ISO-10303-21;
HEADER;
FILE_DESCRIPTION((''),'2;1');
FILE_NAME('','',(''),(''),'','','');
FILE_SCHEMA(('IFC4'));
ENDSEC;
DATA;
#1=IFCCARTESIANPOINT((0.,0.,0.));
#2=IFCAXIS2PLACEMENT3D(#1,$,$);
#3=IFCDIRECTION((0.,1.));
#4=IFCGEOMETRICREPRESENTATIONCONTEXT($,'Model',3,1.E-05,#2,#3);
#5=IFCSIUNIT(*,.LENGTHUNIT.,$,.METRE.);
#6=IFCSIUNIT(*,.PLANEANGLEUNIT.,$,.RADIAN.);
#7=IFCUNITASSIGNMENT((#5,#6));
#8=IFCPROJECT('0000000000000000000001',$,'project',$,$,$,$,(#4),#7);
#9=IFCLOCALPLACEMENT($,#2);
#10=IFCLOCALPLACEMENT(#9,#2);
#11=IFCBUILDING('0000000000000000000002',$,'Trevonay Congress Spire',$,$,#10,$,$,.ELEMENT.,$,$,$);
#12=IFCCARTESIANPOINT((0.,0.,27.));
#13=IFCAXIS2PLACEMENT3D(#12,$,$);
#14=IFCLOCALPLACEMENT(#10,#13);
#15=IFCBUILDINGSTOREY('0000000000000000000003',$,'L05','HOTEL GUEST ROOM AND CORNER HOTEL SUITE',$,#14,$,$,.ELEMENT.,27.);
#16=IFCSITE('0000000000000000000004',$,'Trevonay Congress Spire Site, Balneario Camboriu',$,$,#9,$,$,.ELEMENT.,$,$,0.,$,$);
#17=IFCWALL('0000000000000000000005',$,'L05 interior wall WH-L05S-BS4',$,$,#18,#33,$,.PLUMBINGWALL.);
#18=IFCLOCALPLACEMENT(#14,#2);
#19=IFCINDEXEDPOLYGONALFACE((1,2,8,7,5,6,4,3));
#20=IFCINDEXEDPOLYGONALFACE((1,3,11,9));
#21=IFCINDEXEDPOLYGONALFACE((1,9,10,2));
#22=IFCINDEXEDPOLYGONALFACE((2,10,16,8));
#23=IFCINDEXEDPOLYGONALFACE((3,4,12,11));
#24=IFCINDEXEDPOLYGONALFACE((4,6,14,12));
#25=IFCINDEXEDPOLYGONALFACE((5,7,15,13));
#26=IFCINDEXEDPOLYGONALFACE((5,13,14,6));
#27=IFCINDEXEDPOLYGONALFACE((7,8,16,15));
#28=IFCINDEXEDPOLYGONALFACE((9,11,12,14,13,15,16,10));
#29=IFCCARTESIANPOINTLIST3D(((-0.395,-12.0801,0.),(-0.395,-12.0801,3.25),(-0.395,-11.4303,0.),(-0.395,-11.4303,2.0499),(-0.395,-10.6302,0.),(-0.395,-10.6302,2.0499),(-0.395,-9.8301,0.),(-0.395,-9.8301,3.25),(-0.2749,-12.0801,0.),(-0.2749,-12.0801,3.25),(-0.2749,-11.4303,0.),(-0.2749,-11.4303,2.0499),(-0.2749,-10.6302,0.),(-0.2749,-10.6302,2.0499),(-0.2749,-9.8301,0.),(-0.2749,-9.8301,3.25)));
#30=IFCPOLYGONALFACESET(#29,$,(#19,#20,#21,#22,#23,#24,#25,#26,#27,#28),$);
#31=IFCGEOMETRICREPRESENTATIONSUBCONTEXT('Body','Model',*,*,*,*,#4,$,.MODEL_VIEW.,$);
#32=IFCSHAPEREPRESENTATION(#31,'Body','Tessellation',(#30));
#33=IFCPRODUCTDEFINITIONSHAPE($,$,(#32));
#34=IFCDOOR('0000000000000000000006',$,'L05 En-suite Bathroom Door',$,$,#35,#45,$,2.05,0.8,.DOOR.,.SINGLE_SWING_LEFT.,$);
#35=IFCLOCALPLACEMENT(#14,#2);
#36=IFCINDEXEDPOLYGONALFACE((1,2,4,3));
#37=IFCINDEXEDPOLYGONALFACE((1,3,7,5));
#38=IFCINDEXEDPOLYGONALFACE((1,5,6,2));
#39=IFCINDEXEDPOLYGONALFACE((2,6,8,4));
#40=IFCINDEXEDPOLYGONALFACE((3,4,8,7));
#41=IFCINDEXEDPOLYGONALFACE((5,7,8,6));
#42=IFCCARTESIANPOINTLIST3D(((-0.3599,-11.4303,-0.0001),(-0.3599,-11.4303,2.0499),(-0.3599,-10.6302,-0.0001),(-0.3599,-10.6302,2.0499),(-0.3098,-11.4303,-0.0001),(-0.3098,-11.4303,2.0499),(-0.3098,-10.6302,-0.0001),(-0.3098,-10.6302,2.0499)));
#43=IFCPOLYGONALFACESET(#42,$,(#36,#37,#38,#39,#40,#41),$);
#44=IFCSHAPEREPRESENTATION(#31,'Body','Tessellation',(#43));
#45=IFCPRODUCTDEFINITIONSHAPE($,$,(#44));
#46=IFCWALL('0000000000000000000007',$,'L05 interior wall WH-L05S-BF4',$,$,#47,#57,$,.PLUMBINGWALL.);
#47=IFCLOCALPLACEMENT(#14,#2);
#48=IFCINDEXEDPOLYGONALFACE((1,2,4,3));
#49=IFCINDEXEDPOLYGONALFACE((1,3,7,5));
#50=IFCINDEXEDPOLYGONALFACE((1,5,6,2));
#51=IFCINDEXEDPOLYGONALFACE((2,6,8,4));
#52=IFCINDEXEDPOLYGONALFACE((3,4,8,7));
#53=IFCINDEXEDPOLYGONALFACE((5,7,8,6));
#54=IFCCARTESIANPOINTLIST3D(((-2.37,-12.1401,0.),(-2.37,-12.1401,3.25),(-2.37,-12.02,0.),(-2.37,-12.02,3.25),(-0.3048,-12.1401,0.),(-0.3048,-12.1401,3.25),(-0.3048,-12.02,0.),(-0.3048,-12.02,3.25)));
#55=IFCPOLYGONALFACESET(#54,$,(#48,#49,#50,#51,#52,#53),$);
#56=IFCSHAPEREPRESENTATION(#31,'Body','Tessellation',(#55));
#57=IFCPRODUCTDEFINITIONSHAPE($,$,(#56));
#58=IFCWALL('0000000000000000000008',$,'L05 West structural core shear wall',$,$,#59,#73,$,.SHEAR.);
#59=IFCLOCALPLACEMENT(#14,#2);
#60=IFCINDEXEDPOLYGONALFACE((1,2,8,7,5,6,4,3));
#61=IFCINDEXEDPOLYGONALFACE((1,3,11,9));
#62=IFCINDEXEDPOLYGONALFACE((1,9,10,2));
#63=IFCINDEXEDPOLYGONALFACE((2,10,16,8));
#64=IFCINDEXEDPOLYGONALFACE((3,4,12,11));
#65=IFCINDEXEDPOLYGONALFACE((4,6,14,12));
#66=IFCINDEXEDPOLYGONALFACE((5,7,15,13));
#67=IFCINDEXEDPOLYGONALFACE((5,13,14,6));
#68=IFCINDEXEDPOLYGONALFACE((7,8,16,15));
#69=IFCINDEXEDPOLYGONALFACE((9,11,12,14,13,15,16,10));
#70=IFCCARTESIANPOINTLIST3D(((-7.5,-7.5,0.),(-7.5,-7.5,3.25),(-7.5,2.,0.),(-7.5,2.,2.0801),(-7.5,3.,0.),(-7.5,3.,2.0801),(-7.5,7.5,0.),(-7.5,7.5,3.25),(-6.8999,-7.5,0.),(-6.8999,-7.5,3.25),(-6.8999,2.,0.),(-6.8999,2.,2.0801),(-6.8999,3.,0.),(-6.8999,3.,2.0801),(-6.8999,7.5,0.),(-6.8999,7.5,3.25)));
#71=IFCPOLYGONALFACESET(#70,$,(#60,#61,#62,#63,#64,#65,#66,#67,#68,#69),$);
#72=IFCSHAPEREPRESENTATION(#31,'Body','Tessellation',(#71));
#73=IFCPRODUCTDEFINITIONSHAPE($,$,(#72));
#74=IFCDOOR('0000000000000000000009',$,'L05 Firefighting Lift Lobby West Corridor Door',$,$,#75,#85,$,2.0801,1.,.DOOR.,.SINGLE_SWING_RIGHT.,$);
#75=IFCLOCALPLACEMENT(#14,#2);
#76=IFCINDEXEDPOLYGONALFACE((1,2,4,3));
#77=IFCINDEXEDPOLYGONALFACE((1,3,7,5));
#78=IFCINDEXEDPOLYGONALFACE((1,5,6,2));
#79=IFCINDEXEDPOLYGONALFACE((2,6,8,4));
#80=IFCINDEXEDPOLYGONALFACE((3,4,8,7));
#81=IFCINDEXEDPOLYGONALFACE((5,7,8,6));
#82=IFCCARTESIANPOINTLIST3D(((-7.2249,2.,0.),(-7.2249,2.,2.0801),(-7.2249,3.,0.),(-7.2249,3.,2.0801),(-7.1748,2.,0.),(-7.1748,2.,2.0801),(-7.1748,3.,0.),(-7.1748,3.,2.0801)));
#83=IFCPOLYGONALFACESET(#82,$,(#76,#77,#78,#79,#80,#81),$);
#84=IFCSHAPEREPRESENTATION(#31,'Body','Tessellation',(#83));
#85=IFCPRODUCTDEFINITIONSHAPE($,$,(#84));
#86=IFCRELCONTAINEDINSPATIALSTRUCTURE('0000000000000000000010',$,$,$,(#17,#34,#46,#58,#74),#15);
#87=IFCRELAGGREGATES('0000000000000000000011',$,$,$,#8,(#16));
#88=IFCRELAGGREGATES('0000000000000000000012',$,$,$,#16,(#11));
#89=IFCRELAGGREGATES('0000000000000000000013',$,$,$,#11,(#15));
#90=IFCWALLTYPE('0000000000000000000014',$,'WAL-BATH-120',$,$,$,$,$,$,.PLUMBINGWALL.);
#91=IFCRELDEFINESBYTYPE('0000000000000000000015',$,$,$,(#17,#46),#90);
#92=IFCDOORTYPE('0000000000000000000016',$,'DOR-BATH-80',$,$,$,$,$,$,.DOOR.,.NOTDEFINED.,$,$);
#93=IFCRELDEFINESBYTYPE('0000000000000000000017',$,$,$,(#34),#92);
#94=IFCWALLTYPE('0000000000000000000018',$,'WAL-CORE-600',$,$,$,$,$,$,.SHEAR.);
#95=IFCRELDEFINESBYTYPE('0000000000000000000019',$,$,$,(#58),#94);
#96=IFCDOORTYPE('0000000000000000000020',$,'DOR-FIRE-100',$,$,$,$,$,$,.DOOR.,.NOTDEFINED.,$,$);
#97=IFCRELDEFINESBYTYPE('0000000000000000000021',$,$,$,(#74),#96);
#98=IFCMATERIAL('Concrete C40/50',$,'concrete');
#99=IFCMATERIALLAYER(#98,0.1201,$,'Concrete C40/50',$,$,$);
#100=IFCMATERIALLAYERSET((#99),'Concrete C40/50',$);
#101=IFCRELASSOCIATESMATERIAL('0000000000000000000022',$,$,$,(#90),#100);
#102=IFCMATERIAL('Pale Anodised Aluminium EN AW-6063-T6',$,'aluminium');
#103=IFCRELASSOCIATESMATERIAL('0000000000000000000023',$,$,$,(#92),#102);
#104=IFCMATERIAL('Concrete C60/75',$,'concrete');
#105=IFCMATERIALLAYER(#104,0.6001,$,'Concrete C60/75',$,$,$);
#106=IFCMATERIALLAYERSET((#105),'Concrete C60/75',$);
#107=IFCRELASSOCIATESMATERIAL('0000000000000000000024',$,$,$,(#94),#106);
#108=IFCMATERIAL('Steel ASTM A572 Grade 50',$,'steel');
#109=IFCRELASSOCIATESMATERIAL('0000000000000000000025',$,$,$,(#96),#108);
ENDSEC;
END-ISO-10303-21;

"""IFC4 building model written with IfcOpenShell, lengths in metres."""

from ifc_helpers import new_model, si_unit, direction, frame, frame_2d, origin, place, context, subcontext, project, spatial, rectangle, extrude, material, layer, layer_set, type_object, element, fill, save


model = new_model("IFC4")

# Units and contexts
model_context = context("Model", 3, precision=1e-05, world=origin(), true_north=direction((0.0, 1.0)))
body_context = subcontext(model_context, "Body", "Model", "MODEL_VIEW")
ifc_project = project(units=[si_unit("LENGTHUNIT", "METRE"), si_unit("PLANEANGLEUNIT", "RADIAN")], contexts=[model_context])

# Site, building, storey
site_placement = place(None, origin())
site = spatial("IfcSite", under=ifc_project, at=site_placement, Name="Trevonay Congress Spire Site, Balneario Camboriu", CompositionType="ELEMENT", RefElevation=0.0)
building_placement = place(site_placement, origin())
building = spatial("IfcBuilding", under=site, at=building_placement, Name="Trevonay Congress Spire", CompositionType="ELEMENT")
storey_placement = place(building_placement, frame((0.0, 0.0, 27.0)))
storey = spatial("IfcBuildingStorey", under=building, at=storey_placement, Name="L05", Description="HOTEL GUEST ROOM AND CORNER HOTEL SUITE", CompositionType="ELEMENT", Elevation=27.0)

# Shared definitions
ifc_material_1 = material(Name="Steel ASTM A572 Grade 50", Category="steel")

# Shared definitions
ifc_material_2 = material(Name="Concrete C40/50", Category="concrete")
ifc_layer_1 = layer(ifc_material_2, 0.1201, Name="Concrete C40/50")
ifc_layer_set_1 = layer_set([ifc_layer_1], Name="Concrete C40/50")
wall_type_1 = type_object("IfcWallType", Name="WAL-BATH-120", PredefinedType="PLUMBINGWALL", material=ifc_layer_set_1)
ifc_material_3 = material(Name="Pale Anodised Aluminium EN AW-6063-T6", Category="aluminium")
door_type_1 = type_object("IfcDoorType", Name="DOR-BATH-80", OperationType="NOTDEFINED", PredefinedType="DOOR", material=ifc_material_3)

# Wall, opening, door
wall_1_placement = place(storey_placement, frame((-0.335, -12.0801, 0.0), z_axis=(0.0, 0.0, 1.0), x_axis=(0.0, 1.0, 0.0)))
wall_1 = element("IfcWall", 1, at=wall_1_placement, inside=storey, type_object=wall_type_1, Name="L05 interior wall WH-L05S-BS4", PredefinedType="PLUMBINGWALL", context=body_context, shape_type="SweptSolid", body=[
    extrude(rectangle(XDim=2.25, YDim=0.1201, at=frame_2d((1.125, 0.0))), origin(), (0.0, 0.0, 1.0), 3.25),
])
opening_1_placement = place(wall_1_placement, frame((0.6499, 0.0, 0.0)))
opening_1 = element("IfcOpeningElement", 2, at=opening_1_placement, cuts=wall_1, PredefinedType="OPENING", context=body_context, shape_type="SweptSolid", body=[
    extrude(rectangle(XDim=0.8, YDim=2.05, at=frame_2d((0.3999, 1.0249))), frame((0.0, 0.0701, 0.0), z_axis=(0.0, -1.0, 0.0), x_axis=(1.0, 0.0, 0.0)), (0.0, 0.0, 1.0), 0.1401),
])
door_1_placement = place(opening_1_placement, origin())
door_1 = element("IfcDoor", 3, at=door_1_placement, inside=storey, type_object=door_type_1, Name="L05 En-suite Bathroom Door", OperationType="SINGLE_SWING_LEFT", OverallHeight=2.05, OverallWidth=0.8, PredefinedType="DOOR", context=body_context, shape_type="SweptSolid", body=[
    extrude(rectangle(XDim=0.8, YDim=2.05, at=frame_2d((0.3999, 1.0249))), frame((0.0, 0.0249, 0.0), z_axis=(0.0, -1.0, 0.0), x_axis=(1.0, 0.0, 0.0)), (0.0, 0.0, 1.0), 0.05),
])
fill(opening_1, door_1)

# Wall
wall_2_placement = place(storey_placement, frame((-2.3701, -12.0801, 0.0), z_axis=(0.0, 0.0, 1.0), x_axis=(1.0, 0.0, 0.0)))
element("IfcWall", 4, at=wall_2_placement, inside=storey, type_object=wall_type_1, Name="L05 interior wall WH-L05S-BF4", PredefinedType="PLUMBINGWALL", context=body_context, shape_type="SweptSolid", body=[
    extrude(rectangle(XDim=2.0652, YDim=0.1201, at=frame_2d((1.0327, 0.0))), origin(), (0.0, 0.0, 1.0), 3.25),
])

# Wall, opening, door
ifc_material_4 = material(Name="Concrete C60/75", Category="concrete")
ifc_layer_2 = layer(ifc_material_4, 0.6001, Name="Concrete C60/75")
ifc_layer_set_2 = layer_set([ifc_layer_2], Name="Concrete C60/75")
wall_type_2 = type_object("IfcWallType", Name="WAL-CORE-600", PredefinedType="SHEAR", material=ifc_layer_set_2)
wall_3_placement = place(storey_placement, frame((-7.2, -7.5, 0.0), z_axis=(0.0, 0.0, 1.0), x_axis=(0.0, 1.0, 0.0)))
wall_3 = element("IfcWall", 5, at=wall_3_placement, inside=storey, type_object=wall_type_2, Name="L05 West structural core shear wall", PredefinedType="SHEAR", context=body_context, shape_type="SweptSolid", body=[
    extrude(rectangle(XDim=15.0, YDim=0.6001, at=frame_2d((7.5, 0.0))), origin(), (0.0, 0.0, 1.0), 3.25),
])
opening_2_placement = place(wall_3_placement, frame((9.5, 0.0, 0.0)))
opening_2 = element("IfcOpeningElement", 6, at=opening_2_placement, cuts=wall_3, PredefinedType="OPENING", context=body_context, shape_type="SweptSolid", body=[
    extrude(rectangle(XDim=1.0, YDim=2.0801, at=frame_2d((0.5, 1.04))), frame((0.0, 0.3101, 0.0), z_axis=(0.0, -1.0, 0.0), x_axis=(1.0, 0.0, 0.0)), (0.0, 0.0, 1.0), 0.6201),
])
door_type_2 = type_object("IfcDoorType", Name="DOR-FIRE-100", OperationType="NOTDEFINED", PredefinedType="DOOR", material=ifc_material_1)
door_2_placement = place(opening_2_placement, origin())
door_2 = element("IfcDoor", 7, at=door_2_placement, inside=storey, type_object=door_type_2, Name="L05 Firefighting Lift Lobby West Corridor Door", OperationType="SINGLE_SWING_RIGHT", OverallHeight=2.0801, OverallWidth=1.0, PredefinedType="DOOR", context=body_context, shape_type="SweptSolid", body=[
    extrude(rectangle(XDim=1.0, YDim=2.0801, at=frame_2d((0.5, 1.04))), frame((0.0, 0.0249, 0.0), z_axis=(0.0, -1.0, 0.0), x_axis=(1.0, 0.0, 0.0)), (0.0, 0.0, 1.0), 0.05),
])
fill(opening_2, door_2)

save(model, "model.ifc")
